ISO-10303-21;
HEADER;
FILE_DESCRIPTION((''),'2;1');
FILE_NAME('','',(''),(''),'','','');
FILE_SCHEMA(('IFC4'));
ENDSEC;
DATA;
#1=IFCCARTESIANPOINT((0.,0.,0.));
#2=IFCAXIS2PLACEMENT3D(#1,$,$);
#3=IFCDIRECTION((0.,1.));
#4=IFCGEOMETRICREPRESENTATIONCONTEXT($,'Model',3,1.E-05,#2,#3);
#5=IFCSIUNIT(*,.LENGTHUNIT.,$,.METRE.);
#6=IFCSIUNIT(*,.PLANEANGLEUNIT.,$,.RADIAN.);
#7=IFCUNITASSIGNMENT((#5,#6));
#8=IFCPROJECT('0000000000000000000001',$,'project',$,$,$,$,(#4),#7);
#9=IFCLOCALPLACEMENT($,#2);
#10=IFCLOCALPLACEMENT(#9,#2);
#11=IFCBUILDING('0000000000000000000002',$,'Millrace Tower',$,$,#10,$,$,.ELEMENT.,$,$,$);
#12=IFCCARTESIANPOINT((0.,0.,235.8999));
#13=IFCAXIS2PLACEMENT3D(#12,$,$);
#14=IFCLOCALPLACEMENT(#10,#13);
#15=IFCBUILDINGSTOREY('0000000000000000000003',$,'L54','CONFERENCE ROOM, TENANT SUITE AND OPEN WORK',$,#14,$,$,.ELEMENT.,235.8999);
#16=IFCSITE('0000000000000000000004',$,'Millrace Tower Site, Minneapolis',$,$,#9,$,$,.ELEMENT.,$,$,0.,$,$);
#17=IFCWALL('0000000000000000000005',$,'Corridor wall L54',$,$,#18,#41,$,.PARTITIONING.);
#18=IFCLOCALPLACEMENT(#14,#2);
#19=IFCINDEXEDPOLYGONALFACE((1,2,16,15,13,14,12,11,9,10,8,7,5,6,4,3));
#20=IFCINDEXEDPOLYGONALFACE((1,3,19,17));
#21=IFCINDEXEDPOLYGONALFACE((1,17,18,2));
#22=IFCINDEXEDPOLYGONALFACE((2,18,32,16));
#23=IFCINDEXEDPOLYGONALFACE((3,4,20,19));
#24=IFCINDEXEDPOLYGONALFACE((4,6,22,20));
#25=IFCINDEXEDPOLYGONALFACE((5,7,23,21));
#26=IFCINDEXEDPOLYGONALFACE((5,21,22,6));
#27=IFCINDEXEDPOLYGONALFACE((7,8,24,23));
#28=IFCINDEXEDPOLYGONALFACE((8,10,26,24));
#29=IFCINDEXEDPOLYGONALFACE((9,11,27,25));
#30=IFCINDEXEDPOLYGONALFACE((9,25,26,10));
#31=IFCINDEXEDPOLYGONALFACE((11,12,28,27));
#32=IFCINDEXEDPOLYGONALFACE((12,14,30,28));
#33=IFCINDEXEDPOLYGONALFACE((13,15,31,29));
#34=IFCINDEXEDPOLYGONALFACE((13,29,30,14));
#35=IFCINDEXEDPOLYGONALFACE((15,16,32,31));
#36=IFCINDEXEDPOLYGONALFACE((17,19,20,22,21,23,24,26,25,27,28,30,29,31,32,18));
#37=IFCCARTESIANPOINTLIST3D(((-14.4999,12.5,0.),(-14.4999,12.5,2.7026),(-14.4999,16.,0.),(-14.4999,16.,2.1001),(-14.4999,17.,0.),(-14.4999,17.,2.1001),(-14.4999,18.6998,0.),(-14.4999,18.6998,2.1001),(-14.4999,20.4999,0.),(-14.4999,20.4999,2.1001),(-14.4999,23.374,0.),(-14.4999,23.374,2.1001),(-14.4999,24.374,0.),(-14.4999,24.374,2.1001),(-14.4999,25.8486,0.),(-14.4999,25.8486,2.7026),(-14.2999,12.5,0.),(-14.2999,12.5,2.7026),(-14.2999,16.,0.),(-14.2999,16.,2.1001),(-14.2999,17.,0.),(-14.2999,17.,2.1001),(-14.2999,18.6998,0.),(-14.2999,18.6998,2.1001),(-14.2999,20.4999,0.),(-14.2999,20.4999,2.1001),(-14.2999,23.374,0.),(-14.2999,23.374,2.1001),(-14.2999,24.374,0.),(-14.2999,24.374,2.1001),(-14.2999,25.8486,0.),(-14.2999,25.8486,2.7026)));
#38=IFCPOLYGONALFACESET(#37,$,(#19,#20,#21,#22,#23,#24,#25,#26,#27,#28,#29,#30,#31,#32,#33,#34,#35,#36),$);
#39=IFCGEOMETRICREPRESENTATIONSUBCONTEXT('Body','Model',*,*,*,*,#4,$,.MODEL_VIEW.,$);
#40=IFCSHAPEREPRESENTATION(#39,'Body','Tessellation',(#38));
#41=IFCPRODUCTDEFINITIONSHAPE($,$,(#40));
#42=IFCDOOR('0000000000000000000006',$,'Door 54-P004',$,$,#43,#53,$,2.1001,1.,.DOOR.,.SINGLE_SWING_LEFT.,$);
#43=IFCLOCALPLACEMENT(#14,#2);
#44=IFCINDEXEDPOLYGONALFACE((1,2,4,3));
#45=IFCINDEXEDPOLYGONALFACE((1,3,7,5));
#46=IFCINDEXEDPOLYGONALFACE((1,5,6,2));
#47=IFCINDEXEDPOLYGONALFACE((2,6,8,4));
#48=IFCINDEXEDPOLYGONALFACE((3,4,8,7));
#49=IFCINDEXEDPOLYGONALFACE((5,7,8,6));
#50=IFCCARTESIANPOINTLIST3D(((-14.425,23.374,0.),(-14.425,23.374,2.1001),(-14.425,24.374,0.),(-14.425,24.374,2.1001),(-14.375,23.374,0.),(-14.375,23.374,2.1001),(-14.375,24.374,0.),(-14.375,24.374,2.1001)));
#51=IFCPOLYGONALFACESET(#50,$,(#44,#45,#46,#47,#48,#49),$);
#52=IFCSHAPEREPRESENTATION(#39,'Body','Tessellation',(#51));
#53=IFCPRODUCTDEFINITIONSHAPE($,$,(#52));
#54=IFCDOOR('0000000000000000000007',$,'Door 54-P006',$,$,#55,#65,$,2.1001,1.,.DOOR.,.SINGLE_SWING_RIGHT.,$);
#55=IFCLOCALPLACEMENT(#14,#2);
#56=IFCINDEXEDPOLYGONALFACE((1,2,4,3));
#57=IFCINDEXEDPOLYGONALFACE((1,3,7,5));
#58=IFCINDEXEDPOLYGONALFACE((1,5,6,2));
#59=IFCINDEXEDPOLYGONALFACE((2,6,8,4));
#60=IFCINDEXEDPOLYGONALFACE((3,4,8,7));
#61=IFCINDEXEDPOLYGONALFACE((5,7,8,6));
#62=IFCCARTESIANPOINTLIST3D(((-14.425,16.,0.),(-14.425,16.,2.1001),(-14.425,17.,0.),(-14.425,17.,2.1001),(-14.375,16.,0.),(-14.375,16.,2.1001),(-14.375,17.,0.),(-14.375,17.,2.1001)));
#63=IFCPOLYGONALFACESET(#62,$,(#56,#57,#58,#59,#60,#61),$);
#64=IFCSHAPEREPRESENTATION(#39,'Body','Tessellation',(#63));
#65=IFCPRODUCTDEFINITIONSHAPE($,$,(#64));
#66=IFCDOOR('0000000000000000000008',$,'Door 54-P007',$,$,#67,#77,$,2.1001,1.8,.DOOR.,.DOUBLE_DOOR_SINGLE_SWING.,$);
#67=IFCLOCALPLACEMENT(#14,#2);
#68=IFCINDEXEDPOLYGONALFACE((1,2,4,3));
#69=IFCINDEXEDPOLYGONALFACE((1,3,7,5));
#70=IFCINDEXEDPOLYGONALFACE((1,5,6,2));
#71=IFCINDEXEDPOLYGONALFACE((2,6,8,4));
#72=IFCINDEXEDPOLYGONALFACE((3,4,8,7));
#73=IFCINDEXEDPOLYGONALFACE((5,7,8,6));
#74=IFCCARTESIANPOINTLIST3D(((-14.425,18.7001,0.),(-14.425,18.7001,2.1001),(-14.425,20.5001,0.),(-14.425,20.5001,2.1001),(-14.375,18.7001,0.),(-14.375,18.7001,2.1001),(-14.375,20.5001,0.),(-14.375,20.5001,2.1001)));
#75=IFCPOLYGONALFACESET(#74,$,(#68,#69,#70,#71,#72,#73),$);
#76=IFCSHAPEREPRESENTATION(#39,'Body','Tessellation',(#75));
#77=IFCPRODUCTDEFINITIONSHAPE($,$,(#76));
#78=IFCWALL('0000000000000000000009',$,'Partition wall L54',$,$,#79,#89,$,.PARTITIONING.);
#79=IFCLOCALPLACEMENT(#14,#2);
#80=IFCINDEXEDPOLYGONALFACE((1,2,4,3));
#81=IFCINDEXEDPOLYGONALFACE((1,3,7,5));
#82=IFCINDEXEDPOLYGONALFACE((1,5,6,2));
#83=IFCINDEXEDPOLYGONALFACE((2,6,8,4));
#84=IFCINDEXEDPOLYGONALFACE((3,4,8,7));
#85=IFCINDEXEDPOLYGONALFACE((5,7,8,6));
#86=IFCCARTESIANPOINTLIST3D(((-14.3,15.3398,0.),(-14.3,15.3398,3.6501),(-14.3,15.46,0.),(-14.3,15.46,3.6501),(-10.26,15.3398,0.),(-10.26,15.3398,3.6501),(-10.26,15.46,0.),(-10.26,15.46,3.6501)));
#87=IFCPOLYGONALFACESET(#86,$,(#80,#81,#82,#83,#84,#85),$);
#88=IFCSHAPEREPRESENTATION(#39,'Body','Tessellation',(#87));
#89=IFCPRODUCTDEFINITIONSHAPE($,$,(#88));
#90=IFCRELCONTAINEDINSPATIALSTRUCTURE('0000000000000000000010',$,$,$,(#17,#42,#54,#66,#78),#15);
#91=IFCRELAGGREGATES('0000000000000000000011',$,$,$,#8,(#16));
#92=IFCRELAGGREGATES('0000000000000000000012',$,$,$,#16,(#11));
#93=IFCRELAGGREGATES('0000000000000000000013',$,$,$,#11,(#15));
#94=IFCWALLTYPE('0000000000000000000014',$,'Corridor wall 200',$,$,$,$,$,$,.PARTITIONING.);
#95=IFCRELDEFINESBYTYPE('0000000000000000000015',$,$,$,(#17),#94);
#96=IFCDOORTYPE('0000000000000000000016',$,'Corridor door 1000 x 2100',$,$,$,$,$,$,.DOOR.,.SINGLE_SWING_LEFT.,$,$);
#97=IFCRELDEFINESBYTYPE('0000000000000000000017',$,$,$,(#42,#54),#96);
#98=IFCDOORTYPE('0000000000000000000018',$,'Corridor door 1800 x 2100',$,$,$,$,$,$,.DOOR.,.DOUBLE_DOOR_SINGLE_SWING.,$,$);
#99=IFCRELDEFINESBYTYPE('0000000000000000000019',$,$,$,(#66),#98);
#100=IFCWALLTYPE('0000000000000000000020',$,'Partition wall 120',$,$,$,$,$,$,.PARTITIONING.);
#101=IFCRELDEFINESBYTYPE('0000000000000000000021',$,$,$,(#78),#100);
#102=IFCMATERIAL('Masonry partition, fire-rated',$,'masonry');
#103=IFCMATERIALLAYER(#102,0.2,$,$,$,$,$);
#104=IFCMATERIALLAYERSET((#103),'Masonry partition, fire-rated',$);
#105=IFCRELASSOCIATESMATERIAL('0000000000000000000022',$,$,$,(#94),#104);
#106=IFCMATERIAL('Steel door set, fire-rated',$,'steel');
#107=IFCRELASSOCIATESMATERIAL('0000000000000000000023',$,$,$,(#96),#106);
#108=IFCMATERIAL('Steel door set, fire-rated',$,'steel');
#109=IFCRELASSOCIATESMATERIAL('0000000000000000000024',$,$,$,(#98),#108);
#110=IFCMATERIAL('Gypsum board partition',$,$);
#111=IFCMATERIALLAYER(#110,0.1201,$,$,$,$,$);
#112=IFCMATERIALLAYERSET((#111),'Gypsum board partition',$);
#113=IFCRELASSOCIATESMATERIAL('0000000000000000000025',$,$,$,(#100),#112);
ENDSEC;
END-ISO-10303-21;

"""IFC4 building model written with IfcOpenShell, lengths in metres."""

from ifc_helpers import new_model, si_unit, direction, frame, frame_2d, origin, place, context, subcontext, project, spatial, rectangle, extrude, material, layer, layer_set, type_object, element, fill, save


model = new_model("IFC4")

# Units and contexts
model_context = context("Model", 3, precision=1e-05, world=origin(), true_north=direction((0.0, 1.0)))
body_context = subcontext(model_context, "Body", "Model", "MODEL_VIEW")
ifc_project = project(units=[si_unit("LENGTHUNIT", "METRE"), si_unit("PLANEANGLEUNIT", "RADIAN")], contexts=[model_context])

# Site, building, storey
site_placement = place(None, origin())
site = spatial("IfcSite", under=ifc_project, at=site_placement, Name="Millrace Tower Site, Minneapolis", CompositionType="ELEMENT", RefElevation=0.0)
building_placement = place(site_placement, origin())
building = spatial("IfcBuilding", under=site, at=building_placement, Name="Millrace Tower", CompositionType="ELEMENT")
storey_placement = place(building_placement, frame((0.0, 0.0, 235.8999)))
storey = spatial("IfcBuildingStorey", under=building, at=storey_placement, Name="L54", Description="CONFERENCE ROOM, TENANT SUITE AND OPEN WORK", CompositionType="ELEMENT", Elevation=235.8999)

# Wall, openings, doors
ifc_material_1 = material(Name="Masonry partition, fire-rated", Category="masonry")
ifc_layer_1 = layer(ifc_material_1, 0.2)
ifc_layer_set_1 = layer_set([ifc_layer_1], Name="Masonry partition, fire-rated")
wall_type_1 = type_object("IfcWallType", Name="Corridor wall 200", PredefinedType="PARTITIONING", material=ifc_layer_set_1)
ifc_material_2 = material(Name="Steel door set, fire-rated", Category="steel")
door_type_1 = type_object("IfcDoorType", Name="Corridor door 1000 x 2100", OperationType="SINGLE_SWING_LEFT", PredefinedType="DOOR", material=ifc_material_2)
ifc_material_3 = material(Name="Steel door set, fire-rated", Category="steel")
door_type_2 = type_object("IfcDoorType", Name="Corridor door 1800 x 2100", OperationType="DOUBLE_DOOR_SINGLE_SWING", PredefinedType="DOOR", material=ifc_material_3)
wall_1_placement = place(storey_placement, frame((-14.3999, 12.5, 0.0), z_axis=(0.0, 0.0, 1.0), x_axis=(0.0, 1.0, 0.0)))
wall_1 = element("IfcWall", 1, at=wall_1_placement, inside=storey, type_object=wall_type_1, Name="Corridor wall L54", PredefinedType="PARTITIONING", context=body_context, shape_type="SweptSolid", body=[
    extrude(rectangle(XDim=13.3486, YDim=0.2, at=frame_2d((6.6743, 0.0))), origin(), (0.0, 0.0, 1.0), 2.7026),
])
opening_1_placement = place(wall_1_placement, frame((10.874, 0.0, 0.0)))
opening_1 = element("IfcOpeningElement", 2, at=opening_1_placement, cuts=wall_1, PredefinedType="OPENING", context=body_context, shape_type="SweptSolid", body=[
    extrude(rectangle(XDim=1.0, YDim=2.1001, at=frame_2d((0.5, 1.05))), frame((0.0, 0.1099, 0.0), z_axis=(0.0, -1.0, 0.0), x_axis=(1.0, 0.0, 0.0)), (0.0, 0.0, 1.0), 0.22),
])
opening_2_placement = place(wall_1_placement, frame((3.5, 0.0, 0.0)))
opening_2 = element("IfcOpeningElement", 3, at=opening_2_placement, cuts=wall_1, PredefinedType="OPENING", context=body_context, shape_type="SweptSolid", body=[
    extrude(rectangle(XDim=1.0, YDim=2.1001, at=frame_2d((0.5, 1.05))), frame((0.0, 0.1099, 0.0), z_axis=(0.0, -1.0, 0.0), x_axis=(1.0, 0.0, 0.0)), (0.0, 0.0, 1.0), 0.22),
])
opening_3_placement = place(wall_1_placement, frame((6.2, 0.0, 0.0)))
opening_3 = element("IfcOpeningElement", 4, at=opening_3_placement, cuts=wall_1, PredefinedType="OPENING", context=body_context, shape_type="SweptSolid", body=[
    extrude(rectangle(XDim=1.8, YDim=2.1001, at=frame_2d((0.8999, 1.05))), frame((0.0, 0.1099, 0.0), z_axis=(0.0, -1.0, 0.0), x_axis=(1.0, 0.0, 0.0)), (0.0, 0.0, 1.0), 0.22),
])
door_1_placement = place(opening_1_placement, frame((1.0, 0.0, 0.0), z_axis=(0.0, 0.0, 1.0), x_axis=(-1.0, 0.0, 0.0)))
door_1 = element("IfcDoor", 5, at=door_1_placement, inside=storey, type_object=door_type_1, Name="Door 54-P004", OperationType="SINGLE_SWING_LEFT", OverallHeight=2.1001, OverallWidth=1.0, PredefinedType="DOOR", context=body_context, shape_type="SweptSolid", body=[
    extrude(rectangle(XDim=1.0, YDim=2.1001, at=frame_2d((0.5, 1.05))), frame((0.0, 0.0249, 0.0), z_axis=(0.0, -1.0, 0.0), x_axis=(1.0, 0.0, 0.0)), (0.0, 0.0, 1.0), 0.05),
])
fill(opening_1, door_1)
door_2_placement = place(opening_2_placement, frame((1.0, 0.0, 0.0), z_axis=(0.0, 0.0, 1.0), x_axis=(-1.0, 0.0, 0.0)))
door_2 = element("IfcDoor", 6, at=door_2_placement, inside=storey, type_object=door_type_1, Name="Door 54-P006", OperationType="SINGLE_SWING_RIGHT", OverallHeight=2.1001, OverallWidth=1.0, PredefinedType="DOOR", context=body_context, shape_type="SweptSolid", body=[
    extrude(rectangle(XDim=1.0, YDim=2.1001, at=frame_2d((0.5, 1.05))), frame((0.0, 0.0249, 0.0), z_axis=(0.0, -1.0, 0.0), x_axis=(1.0, 0.0, 0.0)), (0.0, 0.0, 1.0), 0.05),
])
fill(opening_2, door_2)
door_3_placement = place(opening_3_placement, frame((1.8, 0.0, 0.0), z_axis=(0.0, 0.0, 1.0), x_axis=(-1.0, 0.0, 0.0)))
door_3 = element("IfcDoor", 7, at=door_3_placement, inside=storey, type_object=door_type_2, Name="Door 54-P007", OperationType="DOUBLE_DOOR_SINGLE_SWING", OverallHeight=2.1001, OverallWidth=1.8, PredefinedType="DOOR", context=body_context, shape_type="SweptSolid", body=[
    extrude(rectangle(XDim=1.8, YDim=2.1001, at=frame_2d((0.8999, 1.05))), frame((0.0, 0.0249, 0.0), z_axis=(0.0, -1.0, 0.0), x_axis=(1.0, 0.0, 0.0)), (0.0, 0.0, 1.0), 0.05),
])
fill(opening_3, door_3)

# Wall
ifc_material_4 = material(Name="Gypsum board partition")
ifc_layer_2 = layer(ifc_material_4, 0.1201)
ifc_layer_set_2 = layer_set([ifc_layer_2], Name="Gypsum board partition")
wall_type_2 = type_object("IfcWallType", Name="Partition wall 120", PredefinedType="PARTITIONING", material=ifc_layer_set_2)
wall_2_placement = place(storey_placement, frame((-14.3, 15.3999, 0.0), z_axis=(0.0, 0.0, 1.0), x_axis=(1.0, 0.0, 0.0)))
element("IfcWall", 8, at=wall_2_placement, inside=storey, type_object=wall_type_2, Name="Partition wall L54", PredefinedType="PARTITIONING", context=body_context, shape_type="SweptSolid", body=[
    extrude(rectangle(XDim=4.04, YDim=0.1201, at=frame_2d((2.02, 0.0))), origin(), (0.0, 0.0, 1.0), 3.6501),
])

save(model, "model.ifc")
